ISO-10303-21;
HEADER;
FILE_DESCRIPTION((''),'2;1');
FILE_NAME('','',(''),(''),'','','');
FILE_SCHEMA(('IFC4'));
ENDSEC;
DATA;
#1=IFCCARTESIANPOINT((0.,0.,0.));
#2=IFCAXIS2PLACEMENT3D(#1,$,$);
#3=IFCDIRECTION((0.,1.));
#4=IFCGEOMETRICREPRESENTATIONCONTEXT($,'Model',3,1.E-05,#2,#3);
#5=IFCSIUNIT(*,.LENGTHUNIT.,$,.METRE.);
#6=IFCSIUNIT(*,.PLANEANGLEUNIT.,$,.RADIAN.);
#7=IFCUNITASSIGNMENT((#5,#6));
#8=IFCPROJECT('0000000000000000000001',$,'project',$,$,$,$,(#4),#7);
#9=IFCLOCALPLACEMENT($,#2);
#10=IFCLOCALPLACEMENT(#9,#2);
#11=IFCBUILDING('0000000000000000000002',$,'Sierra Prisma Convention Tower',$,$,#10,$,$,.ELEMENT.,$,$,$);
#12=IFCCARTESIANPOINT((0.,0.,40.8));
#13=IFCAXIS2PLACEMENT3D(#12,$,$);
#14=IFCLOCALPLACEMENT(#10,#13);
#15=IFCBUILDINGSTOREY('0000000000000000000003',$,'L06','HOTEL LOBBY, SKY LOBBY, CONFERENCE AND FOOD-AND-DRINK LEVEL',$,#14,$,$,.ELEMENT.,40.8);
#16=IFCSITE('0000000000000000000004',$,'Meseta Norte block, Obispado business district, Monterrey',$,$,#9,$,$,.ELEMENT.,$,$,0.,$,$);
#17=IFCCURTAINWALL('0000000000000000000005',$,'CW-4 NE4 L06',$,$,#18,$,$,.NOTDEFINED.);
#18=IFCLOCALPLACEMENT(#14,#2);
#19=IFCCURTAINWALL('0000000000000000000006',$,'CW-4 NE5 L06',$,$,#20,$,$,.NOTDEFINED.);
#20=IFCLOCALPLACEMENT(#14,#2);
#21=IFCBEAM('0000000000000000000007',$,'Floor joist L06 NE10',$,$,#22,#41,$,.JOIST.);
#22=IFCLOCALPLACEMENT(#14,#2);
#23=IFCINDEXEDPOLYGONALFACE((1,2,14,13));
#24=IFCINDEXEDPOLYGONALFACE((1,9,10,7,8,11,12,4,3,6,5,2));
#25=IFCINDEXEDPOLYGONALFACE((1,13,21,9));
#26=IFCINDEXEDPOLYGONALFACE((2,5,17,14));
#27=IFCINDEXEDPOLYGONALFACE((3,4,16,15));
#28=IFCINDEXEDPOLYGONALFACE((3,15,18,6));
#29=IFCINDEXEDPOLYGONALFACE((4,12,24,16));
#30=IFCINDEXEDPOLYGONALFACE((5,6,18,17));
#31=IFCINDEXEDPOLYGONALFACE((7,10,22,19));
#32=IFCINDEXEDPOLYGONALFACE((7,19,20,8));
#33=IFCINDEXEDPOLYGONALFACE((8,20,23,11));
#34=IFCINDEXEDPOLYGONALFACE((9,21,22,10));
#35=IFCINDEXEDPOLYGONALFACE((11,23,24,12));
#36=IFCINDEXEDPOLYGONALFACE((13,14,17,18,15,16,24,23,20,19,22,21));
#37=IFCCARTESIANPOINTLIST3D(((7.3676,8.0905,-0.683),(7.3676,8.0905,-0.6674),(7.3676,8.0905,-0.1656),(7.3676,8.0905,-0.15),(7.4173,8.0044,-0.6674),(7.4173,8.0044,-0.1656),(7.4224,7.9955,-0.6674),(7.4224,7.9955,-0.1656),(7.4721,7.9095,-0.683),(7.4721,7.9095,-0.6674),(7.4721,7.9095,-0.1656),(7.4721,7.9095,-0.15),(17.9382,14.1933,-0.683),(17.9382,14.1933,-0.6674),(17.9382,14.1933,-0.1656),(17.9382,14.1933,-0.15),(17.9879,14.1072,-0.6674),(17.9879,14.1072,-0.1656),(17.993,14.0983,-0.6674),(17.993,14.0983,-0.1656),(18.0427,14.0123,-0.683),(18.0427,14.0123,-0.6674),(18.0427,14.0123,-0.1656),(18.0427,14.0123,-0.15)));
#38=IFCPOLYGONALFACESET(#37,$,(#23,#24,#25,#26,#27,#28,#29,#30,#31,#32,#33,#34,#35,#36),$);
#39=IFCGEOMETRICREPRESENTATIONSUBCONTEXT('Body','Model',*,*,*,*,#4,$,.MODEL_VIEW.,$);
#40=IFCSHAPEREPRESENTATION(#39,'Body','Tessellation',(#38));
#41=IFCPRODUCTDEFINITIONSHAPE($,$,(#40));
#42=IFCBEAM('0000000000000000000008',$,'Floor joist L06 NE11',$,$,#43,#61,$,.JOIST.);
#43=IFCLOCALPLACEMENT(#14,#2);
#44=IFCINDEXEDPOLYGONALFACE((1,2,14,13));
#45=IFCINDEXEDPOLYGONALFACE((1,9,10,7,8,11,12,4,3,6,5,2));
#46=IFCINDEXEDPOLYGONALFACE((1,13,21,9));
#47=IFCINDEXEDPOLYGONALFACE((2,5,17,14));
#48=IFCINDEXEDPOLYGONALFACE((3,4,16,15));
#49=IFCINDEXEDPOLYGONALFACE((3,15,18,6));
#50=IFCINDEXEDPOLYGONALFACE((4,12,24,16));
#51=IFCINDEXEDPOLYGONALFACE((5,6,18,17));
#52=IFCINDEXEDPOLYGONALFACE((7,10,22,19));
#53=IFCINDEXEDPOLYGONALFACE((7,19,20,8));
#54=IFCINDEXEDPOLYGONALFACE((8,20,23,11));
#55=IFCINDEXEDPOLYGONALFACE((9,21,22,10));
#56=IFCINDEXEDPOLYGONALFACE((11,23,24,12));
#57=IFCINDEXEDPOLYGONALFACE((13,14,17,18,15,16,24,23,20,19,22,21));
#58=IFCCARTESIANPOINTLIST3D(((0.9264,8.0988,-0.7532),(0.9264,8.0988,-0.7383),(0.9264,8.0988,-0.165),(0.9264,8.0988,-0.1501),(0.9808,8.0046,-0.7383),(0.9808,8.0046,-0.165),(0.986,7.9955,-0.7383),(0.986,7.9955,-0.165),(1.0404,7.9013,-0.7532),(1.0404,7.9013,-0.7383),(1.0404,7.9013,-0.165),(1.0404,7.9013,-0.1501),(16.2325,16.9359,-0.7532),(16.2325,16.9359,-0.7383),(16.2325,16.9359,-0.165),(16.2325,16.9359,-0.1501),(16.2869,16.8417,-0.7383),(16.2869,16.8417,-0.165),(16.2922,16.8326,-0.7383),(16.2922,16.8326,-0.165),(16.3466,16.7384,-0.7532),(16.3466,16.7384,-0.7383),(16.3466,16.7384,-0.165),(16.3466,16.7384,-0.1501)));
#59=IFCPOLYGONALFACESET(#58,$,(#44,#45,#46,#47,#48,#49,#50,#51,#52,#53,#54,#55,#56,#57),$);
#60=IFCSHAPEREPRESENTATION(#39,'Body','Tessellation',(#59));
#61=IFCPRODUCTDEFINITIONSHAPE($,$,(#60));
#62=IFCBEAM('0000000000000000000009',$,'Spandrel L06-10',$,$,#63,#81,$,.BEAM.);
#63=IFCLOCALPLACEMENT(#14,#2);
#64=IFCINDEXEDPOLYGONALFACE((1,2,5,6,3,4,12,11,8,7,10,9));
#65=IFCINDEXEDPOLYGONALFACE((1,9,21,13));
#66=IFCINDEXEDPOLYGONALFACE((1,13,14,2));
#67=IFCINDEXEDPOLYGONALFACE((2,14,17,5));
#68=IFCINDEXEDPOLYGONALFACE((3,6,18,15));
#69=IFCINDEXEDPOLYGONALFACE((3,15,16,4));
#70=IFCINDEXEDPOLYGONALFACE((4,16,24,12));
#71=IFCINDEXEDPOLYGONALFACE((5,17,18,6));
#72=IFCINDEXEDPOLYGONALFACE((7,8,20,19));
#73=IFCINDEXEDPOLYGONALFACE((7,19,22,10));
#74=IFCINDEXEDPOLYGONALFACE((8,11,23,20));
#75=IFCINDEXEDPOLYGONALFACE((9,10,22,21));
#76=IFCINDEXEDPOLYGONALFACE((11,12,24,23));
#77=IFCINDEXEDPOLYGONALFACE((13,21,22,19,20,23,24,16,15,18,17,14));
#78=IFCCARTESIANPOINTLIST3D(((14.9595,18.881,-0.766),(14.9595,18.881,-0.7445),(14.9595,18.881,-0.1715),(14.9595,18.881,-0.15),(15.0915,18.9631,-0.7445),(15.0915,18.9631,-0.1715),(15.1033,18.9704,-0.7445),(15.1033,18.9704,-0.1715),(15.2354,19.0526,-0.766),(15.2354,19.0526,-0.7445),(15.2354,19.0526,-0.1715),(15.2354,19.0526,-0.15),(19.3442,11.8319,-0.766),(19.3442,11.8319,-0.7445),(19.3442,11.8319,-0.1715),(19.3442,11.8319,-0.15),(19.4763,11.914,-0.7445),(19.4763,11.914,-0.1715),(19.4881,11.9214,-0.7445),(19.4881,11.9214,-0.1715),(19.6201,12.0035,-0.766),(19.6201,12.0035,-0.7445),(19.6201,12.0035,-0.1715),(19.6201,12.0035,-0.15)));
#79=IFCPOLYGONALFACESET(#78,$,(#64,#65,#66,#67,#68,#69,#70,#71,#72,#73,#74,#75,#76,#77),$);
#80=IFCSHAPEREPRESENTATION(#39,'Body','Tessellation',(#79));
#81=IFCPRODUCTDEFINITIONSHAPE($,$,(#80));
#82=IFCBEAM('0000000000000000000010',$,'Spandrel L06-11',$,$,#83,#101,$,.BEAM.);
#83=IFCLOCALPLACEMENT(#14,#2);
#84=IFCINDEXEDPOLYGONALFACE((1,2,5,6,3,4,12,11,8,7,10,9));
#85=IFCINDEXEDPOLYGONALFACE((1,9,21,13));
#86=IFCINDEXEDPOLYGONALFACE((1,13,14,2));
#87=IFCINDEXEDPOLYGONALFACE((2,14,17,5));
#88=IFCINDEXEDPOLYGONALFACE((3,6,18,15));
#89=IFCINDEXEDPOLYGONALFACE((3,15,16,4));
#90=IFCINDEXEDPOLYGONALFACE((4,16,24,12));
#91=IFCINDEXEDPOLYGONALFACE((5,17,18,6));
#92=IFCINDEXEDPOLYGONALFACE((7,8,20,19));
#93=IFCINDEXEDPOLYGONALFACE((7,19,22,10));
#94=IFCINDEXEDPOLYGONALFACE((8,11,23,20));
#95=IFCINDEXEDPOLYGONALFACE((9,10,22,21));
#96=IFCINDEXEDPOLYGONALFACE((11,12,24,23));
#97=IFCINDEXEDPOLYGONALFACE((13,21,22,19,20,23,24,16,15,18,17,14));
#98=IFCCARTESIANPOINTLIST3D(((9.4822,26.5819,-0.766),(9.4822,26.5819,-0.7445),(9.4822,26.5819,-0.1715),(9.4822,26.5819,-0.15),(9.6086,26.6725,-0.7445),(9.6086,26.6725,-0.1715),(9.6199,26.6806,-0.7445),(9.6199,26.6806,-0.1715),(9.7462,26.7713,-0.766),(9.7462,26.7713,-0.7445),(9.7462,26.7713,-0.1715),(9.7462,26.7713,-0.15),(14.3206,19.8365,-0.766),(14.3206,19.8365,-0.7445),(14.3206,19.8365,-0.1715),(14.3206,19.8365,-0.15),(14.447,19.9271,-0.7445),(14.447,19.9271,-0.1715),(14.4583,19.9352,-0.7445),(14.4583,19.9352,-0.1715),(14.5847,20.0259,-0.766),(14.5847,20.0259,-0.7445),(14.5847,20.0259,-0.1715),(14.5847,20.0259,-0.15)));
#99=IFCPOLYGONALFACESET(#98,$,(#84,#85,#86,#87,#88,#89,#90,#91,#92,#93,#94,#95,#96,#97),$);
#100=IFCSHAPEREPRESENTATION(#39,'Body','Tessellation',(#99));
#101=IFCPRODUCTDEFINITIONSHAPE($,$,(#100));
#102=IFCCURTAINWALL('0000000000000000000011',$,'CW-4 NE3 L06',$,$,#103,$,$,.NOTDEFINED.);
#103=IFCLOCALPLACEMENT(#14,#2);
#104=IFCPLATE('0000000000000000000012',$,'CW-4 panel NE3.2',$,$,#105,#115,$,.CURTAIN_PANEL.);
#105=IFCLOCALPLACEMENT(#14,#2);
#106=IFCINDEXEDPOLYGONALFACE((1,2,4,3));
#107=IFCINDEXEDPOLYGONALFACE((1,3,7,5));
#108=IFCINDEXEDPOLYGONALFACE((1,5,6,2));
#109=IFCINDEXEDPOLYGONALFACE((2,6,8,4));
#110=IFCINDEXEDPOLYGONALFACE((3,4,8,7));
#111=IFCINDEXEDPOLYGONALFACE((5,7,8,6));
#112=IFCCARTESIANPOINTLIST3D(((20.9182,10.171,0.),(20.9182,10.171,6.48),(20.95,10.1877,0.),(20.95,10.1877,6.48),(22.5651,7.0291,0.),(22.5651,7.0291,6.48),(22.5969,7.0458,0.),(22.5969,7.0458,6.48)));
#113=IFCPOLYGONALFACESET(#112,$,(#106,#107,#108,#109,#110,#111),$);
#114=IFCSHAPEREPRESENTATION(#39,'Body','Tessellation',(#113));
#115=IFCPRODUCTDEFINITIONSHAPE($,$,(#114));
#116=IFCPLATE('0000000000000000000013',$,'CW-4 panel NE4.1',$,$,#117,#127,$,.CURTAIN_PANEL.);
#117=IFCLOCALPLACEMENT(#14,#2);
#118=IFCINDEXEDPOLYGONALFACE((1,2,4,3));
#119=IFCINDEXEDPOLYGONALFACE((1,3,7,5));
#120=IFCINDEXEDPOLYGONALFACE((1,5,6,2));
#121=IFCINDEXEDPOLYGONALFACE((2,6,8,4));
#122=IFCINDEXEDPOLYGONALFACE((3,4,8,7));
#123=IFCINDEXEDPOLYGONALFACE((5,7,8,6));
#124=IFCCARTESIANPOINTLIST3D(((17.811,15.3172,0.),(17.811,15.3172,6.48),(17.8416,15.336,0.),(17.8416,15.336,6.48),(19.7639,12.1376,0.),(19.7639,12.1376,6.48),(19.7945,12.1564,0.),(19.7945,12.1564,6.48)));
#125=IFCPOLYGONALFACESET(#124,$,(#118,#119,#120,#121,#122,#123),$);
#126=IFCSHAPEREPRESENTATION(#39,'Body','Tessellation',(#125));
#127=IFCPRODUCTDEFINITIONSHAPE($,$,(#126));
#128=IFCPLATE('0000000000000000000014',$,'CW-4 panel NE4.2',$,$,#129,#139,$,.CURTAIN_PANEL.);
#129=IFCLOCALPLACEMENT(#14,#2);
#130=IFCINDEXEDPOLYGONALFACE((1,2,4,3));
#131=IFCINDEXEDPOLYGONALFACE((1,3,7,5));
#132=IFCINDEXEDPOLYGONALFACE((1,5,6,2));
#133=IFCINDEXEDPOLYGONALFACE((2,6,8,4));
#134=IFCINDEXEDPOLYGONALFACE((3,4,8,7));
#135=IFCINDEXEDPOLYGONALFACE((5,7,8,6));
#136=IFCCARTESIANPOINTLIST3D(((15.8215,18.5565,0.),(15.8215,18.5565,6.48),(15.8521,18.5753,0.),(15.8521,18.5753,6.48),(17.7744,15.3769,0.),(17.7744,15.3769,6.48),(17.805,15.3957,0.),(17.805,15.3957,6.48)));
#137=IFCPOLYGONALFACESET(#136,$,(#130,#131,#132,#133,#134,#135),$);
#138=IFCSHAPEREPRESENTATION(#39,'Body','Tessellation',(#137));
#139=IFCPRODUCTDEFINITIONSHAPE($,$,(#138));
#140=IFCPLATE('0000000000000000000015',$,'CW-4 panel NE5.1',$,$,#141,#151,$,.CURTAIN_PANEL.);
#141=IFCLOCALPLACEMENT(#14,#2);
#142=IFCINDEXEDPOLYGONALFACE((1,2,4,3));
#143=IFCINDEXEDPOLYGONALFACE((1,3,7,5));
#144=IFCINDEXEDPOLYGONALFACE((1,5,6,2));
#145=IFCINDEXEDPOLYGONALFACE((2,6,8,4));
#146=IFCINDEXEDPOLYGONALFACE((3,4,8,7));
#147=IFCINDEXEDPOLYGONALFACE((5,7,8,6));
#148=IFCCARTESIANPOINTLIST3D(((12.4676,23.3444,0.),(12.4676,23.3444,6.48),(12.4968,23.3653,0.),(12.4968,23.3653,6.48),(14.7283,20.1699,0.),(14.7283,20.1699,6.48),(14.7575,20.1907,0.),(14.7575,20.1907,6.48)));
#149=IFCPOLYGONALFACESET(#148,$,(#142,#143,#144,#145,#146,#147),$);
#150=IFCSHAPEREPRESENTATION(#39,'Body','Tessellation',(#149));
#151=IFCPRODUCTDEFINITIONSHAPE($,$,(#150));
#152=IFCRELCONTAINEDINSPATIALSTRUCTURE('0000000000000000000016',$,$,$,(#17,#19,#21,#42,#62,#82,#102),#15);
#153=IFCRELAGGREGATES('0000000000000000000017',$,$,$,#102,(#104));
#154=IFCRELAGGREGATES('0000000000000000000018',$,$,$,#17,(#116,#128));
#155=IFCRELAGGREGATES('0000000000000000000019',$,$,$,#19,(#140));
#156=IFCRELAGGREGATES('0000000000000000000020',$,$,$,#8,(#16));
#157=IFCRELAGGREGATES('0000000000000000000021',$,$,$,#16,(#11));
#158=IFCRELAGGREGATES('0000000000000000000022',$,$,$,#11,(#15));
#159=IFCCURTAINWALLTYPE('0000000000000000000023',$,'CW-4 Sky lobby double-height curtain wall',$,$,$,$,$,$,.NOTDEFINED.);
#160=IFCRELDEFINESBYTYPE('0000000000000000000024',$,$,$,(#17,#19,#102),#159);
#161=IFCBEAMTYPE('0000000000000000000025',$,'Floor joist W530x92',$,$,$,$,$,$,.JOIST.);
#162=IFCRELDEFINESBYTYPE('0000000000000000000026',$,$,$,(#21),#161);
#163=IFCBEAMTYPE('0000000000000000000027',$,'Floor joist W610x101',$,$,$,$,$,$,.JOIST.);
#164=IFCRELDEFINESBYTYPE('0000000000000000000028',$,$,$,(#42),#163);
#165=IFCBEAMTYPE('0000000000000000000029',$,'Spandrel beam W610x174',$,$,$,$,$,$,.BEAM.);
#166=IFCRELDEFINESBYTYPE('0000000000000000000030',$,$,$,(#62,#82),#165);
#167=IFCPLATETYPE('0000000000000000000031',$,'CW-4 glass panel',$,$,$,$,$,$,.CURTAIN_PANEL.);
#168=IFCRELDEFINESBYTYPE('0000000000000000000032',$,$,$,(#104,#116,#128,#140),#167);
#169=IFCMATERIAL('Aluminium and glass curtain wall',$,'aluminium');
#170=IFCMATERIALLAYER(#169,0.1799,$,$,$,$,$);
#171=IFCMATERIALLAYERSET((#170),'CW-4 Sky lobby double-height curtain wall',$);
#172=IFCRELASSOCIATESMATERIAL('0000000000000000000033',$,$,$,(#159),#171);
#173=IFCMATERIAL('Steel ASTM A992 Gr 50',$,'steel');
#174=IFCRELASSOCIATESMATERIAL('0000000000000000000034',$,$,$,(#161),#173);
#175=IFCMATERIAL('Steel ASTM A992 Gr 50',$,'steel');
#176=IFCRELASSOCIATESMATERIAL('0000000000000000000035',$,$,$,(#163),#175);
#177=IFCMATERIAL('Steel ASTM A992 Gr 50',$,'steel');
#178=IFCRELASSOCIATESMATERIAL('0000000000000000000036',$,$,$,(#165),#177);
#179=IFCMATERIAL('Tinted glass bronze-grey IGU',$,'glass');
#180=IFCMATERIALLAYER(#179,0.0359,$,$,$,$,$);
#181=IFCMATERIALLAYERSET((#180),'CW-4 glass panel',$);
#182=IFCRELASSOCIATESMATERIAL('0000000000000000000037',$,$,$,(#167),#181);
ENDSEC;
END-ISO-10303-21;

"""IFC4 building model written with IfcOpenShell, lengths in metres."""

from ifc_helpers import new_model, si_unit, direction, frame, origin, origin_2d, place, context, subcontext, project, spatial, rectangle, i_section, extrude, material, layer, layer_set, material_profile, profile_set, type_object, element, aggregate, save


model = new_model("IFC4")

# Units and contexts
model_context = context("Model", 3, precision=1e-05, world=origin(), true_north=direction((0.0, 1.0)))
body_context = subcontext(model_context, "Body", "Model", "MODEL_VIEW")
ifc_project = project(units=[si_unit("LENGTHUNIT", "METRE"), si_unit("PLANEANGLEUNIT", "RADIAN")], contexts=[model_context])

# Site, building, storey
site_placement = place(None, origin())
site = spatial("IfcSite", under=ifc_project, at=site_placement, Name="Meseta Norte block, Obispado business district, Monterrey", CompositionType="ELEMENT", RefElevation=0.0)
building_placement = place(site_placement, origin())
building = spatial("IfcBuilding", under=site, at=building_placement, Name="Sierra Prisma Convention Tower", CompositionType="ELEMENT")
storey_placement = place(building_placement, frame((0.0, 0.0, 40.8)))
storey = spatial("IfcBuildingStorey", under=building, at=storey_placement, Name="L06", Description="HOTEL LOBBY, SKY LOBBY, CONFERENCE AND FOOD-AND-DRINK LEVEL", CompositionType="ELEMENT", Elevation=40.8)

# Curtain wall
ifc_material_1 = material(Name="Aluminium and glass curtain wall", Category="aluminium")
ifc_layer_1 = layer(ifc_material_1, 0.1799)
ifc_layer_set_1 = layer_set([ifc_layer_1], Name="CW-4 Sky lobby double-height curtain wall")
curtain_wall_type = type_object("IfcCurtainWallType", Name="CW-4 Sky lobby double-height curtain wall", PredefinedType="NOTDEFINED", material=ifc_layer_set_1)
curtain_wall_1_placement = place(storey_placement, origin())
curtain_wall_1 = element("IfcCurtainWall", 1, at=curtain_wall_1_placement, inside=storey, type_object=curtain_wall_type, Name="CW-4 NE4 L06", PredefinedType="NOTDEFINED")

# Curtain wall
curtain_wall_2_placement = place(storey_placement, origin())
curtain_wall_2 = element("IfcCurtainWall", 2, at=curtain_wall_2_placement, inside=storey, type_object=curtain_wall_type, Name="CW-4 NE5 L06", PredefinedType="NOTDEFINED")

# Beams
ifc_material_2 = material(Name="Steel ASTM A992 Gr 50", Category="steel")
ifc_material_profile_1 = material_profile(ifc_material_2, i_section(OverallWidth=0.209, OverallDepth=0.533, WebThickness=0.0103, FlangeThickness=0.0156, at=origin_2d()), Name="W530x92")
ifc_profile_set_1 = profile_set([ifc_material_profile_1], Name="Steel ASTM A992 Gr 50")
beam_type_1 = type_object("IfcBeamType", Name="Floor joist W530x92", PredefinedType="JOIST", material=ifc_profile_set_1)
beam_1_placement = place(storey_placement, frame((17.9905, 14.1028, -0.4165), z_axis=(-0.86603, -0.499992, 0.0), x_axis=(0.499992, -0.86603, 0.0)))
element("IfcBeam", 3, at=beam_1_placement, inside=storey, type_object=beam_type_1, Name="Floor joist L06 NE10", PredefinedType="JOIST", context=body_context, shape_type="SweptSolid", body=[
    extrude(i_section(OverallWidth=0.209, OverallDepth=0.533, WebThickness=0.0103, FlangeThickness=0.0156, at=origin_2d()), origin(), (0.0, 0.0, 1.0), 12.2058),
])
ifc_material_3 = material(Name="Steel ASTM A992 Gr 50", Category="steel")
ifc_material_profile_2 = material_profile(ifc_material_3, i_section(OverallWidth=0.228, OverallDepth=0.603, WebThickness=0.0105, FlangeThickness=0.0149, at=origin_2d()), Name="W610x101")
ifc_profile_set_2 = profile_set([ifc_material_profile_2], Name="Steel ASTM A992 Gr 50")
beam_type_2 = type_object("IfcBeamType", Name="Floor joist W610x101", PredefinedType="JOIST", material=ifc_profile_set_2)
beam_2_placement = place(storey_placement, frame((16.2896, 16.8372, -0.4517), z_axis=(-0.866022, -0.500006, 0.0), x_axis=(0.500006, -0.866022, 0.0)))
element("IfcBeam", 4, at=beam_2_placement, inside=storey, type_object=beam_type_2, Name="Floor joist L06 NE11", PredefinedType="JOIST", context=body_context, shape_type="SweptSolid", body=[
    extrude(i_section(OverallWidth=0.228, OverallDepth=0.603, WebThickness=0.0105, FlangeThickness=0.0149, at=origin_2d()), origin(), (0.0, 0.0, 1.0), 17.6741),
])
ifc_material_4 = material(Name="Steel ASTM A992 Gr 50", Category="steel")
ifc_material_profile_3 = material_profile(ifc_material_4, i_section(OverallWidth=0.325, OverallDepth=0.616, WebThickness=0.0139, FlangeThickness=0.0215, at=origin_2d()), Name="W610x174")
ifc_profile_set_3 = profile_set([ifc_material_profile_3], Name="Steel ASTM A992 Gr 50")
beam_type_3 = type_object("IfcBeamType", Name="Spandrel beam W610x174", PredefinedType="BEAM", material=ifc_profile_set_3)
beam_3_placement = place(storey_placement, frame((19.4822, 11.9177, -0.458), z_axis=(-0.528187, 0.849128, 0.0), x_axis=(-0.849128, -0.528187, 0.0)))
element("IfcBeam", 5, at=beam_3_placement, inside=storey, type_object=beam_type_3, Name="Spandrel L06-10", PredefinedType="BEAM", context=body_context, shape_type="SweptSolid", body=[
    extrude(i_section(OverallWidth=0.325, OverallDepth=0.616, WebThickness=0.0139, FlangeThickness=0.0215, at=origin_2d()), origin(), (0.0, 0.0, 1.0), 8.3015),
])
beam_4_placement = place(storey_placement, frame((14.4526, 19.9312, -0.458), z_axis=(-0.582853, 0.812577, 0.0), x_axis=(-0.812577, -0.582853, 0.0)))
element("IfcBeam", 6, at=beam_4_placement, inside=storey, type_object=beam_type_3, Name="Spandrel L06-11", PredefinedType="BEAM", context=body_context, shape_type="SweptSolid", body=[
    extrude(i_section(OverallWidth=0.325, OverallDepth=0.616, WebThickness=0.0139, FlangeThickness=0.0215, at=origin_2d()), origin(), (0.0, 0.0, 1.0), 8.3013),
])

# Curtain wall, plate
curtain_wall_3_placement = place(storey_placement, origin())
curtain_wall_3 = element("IfcCurtainWall", 7, at=curtain_wall_3_placement, inside=storey, type_object=curtain_wall_type, Name="CW-4 NE3 L06", PredefinedType="NOTDEFINED")
ifc_material_5 = material(Name="Tinted glass bronze-grey IGU", Category="glass")
ifc_layer_2 = layer(ifc_material_5, 0.0359)
ifc_layer_set_2 = layer_set([ifc_layer_2], Name="CW-4 glass panel")
plate_type = type_object("IfcPlateType", Name="CW-4 glass panel", PredefinedType="CURTAIN_PANEL", material=ifc_layer_set_2)
plate_1_placement = place(storey_placement, frame((21.7576, 8.6084, 0.0), z_axis=(0.0, 0.0, 1.0), x_axis=(-0.464251, 0.885704, 0.0)))
plate_1 = element("IfcPlate", 8, at=plate_1_placement, type_object=plate_type, Name="CW-4 panel NE3.2", PredefinedType="CURTAIN_PANEL", context=body_context, shape_type="SweptSolid", body=[
    extrude(rectangle(XDim=3.5474, YDim=0.0359, at=origin_2d()), origin(), (0.0, 0.0, 1.0), 6.48),
])
aggregate(curtain_wall_3, [plate_1])

# Plates
plate_2_placement = place(storey_placement, frame((18.8027, 13.7368, 0.0), z_axis=(0.0, 0.0, 1.0), x_axis=(-0.523371, 0.852105, 0.0)))
plate_2 = element("IfcPlate", 9, at=plate_2_placement, type_object=plate_type, Name="CW-4 panel NE4.1", PredefinedType="CURTAIN_PANEL", context=body_context, shape_type="SweptSolid", body=[
    extrude(rectangle(XDim=3.7314, YDim=0.0359, at=origin_2d()), origin(), (0.0, 0.0, 1.0), 6.48),
])
plate_3_placement = place(storey_placement, frame((16.8132, 16.9761, 0.0), z_axis=(0.0, 0.0, 1.0), x_axis=(-0.523371, 0.852105, 0.0)))
plate_3 = element("IfcPlate", 10, at=plate_3_placement, type_object=plate_type, Name="CW-4 panel NE4.2", PredefinedType="CURTAIN_PANEL", context=body_context, shape_type="SweptSolid", body=[
    extrude(rectangle(XDim=3.7314, YDim=0.0359, at=origin_2d()), origin(), (0.0, 0.0, 1.0), 6.48),
])
aggregate(curtain_wall_1, [plate_2, plate_3])
plate_4_placement = place(storey_placement, frame((13.6125, 21.7676, 0.0), z_axis=(0.0, 0.0, 1.0), x_axis=(-0.580072, 0.814566, 0.0)))
plate_4 = element("IfcPlate", 11, at=plate_4_placement, type_object=plate_type, Name="CW-4 panel NE5.1", PredefinedType="CURTAIN_PANEL", context=body_context, shape_type="SweptSolid", body=[
    extrude(rectangle(XDim=3.8972, YDim=0.0359, at=origin_2d()), origin(), (0.0, 0.0, 1.0), 6.48),
])
aggregate(curtain_wall_2, [plate_4])

save(model, "model.ifc")
